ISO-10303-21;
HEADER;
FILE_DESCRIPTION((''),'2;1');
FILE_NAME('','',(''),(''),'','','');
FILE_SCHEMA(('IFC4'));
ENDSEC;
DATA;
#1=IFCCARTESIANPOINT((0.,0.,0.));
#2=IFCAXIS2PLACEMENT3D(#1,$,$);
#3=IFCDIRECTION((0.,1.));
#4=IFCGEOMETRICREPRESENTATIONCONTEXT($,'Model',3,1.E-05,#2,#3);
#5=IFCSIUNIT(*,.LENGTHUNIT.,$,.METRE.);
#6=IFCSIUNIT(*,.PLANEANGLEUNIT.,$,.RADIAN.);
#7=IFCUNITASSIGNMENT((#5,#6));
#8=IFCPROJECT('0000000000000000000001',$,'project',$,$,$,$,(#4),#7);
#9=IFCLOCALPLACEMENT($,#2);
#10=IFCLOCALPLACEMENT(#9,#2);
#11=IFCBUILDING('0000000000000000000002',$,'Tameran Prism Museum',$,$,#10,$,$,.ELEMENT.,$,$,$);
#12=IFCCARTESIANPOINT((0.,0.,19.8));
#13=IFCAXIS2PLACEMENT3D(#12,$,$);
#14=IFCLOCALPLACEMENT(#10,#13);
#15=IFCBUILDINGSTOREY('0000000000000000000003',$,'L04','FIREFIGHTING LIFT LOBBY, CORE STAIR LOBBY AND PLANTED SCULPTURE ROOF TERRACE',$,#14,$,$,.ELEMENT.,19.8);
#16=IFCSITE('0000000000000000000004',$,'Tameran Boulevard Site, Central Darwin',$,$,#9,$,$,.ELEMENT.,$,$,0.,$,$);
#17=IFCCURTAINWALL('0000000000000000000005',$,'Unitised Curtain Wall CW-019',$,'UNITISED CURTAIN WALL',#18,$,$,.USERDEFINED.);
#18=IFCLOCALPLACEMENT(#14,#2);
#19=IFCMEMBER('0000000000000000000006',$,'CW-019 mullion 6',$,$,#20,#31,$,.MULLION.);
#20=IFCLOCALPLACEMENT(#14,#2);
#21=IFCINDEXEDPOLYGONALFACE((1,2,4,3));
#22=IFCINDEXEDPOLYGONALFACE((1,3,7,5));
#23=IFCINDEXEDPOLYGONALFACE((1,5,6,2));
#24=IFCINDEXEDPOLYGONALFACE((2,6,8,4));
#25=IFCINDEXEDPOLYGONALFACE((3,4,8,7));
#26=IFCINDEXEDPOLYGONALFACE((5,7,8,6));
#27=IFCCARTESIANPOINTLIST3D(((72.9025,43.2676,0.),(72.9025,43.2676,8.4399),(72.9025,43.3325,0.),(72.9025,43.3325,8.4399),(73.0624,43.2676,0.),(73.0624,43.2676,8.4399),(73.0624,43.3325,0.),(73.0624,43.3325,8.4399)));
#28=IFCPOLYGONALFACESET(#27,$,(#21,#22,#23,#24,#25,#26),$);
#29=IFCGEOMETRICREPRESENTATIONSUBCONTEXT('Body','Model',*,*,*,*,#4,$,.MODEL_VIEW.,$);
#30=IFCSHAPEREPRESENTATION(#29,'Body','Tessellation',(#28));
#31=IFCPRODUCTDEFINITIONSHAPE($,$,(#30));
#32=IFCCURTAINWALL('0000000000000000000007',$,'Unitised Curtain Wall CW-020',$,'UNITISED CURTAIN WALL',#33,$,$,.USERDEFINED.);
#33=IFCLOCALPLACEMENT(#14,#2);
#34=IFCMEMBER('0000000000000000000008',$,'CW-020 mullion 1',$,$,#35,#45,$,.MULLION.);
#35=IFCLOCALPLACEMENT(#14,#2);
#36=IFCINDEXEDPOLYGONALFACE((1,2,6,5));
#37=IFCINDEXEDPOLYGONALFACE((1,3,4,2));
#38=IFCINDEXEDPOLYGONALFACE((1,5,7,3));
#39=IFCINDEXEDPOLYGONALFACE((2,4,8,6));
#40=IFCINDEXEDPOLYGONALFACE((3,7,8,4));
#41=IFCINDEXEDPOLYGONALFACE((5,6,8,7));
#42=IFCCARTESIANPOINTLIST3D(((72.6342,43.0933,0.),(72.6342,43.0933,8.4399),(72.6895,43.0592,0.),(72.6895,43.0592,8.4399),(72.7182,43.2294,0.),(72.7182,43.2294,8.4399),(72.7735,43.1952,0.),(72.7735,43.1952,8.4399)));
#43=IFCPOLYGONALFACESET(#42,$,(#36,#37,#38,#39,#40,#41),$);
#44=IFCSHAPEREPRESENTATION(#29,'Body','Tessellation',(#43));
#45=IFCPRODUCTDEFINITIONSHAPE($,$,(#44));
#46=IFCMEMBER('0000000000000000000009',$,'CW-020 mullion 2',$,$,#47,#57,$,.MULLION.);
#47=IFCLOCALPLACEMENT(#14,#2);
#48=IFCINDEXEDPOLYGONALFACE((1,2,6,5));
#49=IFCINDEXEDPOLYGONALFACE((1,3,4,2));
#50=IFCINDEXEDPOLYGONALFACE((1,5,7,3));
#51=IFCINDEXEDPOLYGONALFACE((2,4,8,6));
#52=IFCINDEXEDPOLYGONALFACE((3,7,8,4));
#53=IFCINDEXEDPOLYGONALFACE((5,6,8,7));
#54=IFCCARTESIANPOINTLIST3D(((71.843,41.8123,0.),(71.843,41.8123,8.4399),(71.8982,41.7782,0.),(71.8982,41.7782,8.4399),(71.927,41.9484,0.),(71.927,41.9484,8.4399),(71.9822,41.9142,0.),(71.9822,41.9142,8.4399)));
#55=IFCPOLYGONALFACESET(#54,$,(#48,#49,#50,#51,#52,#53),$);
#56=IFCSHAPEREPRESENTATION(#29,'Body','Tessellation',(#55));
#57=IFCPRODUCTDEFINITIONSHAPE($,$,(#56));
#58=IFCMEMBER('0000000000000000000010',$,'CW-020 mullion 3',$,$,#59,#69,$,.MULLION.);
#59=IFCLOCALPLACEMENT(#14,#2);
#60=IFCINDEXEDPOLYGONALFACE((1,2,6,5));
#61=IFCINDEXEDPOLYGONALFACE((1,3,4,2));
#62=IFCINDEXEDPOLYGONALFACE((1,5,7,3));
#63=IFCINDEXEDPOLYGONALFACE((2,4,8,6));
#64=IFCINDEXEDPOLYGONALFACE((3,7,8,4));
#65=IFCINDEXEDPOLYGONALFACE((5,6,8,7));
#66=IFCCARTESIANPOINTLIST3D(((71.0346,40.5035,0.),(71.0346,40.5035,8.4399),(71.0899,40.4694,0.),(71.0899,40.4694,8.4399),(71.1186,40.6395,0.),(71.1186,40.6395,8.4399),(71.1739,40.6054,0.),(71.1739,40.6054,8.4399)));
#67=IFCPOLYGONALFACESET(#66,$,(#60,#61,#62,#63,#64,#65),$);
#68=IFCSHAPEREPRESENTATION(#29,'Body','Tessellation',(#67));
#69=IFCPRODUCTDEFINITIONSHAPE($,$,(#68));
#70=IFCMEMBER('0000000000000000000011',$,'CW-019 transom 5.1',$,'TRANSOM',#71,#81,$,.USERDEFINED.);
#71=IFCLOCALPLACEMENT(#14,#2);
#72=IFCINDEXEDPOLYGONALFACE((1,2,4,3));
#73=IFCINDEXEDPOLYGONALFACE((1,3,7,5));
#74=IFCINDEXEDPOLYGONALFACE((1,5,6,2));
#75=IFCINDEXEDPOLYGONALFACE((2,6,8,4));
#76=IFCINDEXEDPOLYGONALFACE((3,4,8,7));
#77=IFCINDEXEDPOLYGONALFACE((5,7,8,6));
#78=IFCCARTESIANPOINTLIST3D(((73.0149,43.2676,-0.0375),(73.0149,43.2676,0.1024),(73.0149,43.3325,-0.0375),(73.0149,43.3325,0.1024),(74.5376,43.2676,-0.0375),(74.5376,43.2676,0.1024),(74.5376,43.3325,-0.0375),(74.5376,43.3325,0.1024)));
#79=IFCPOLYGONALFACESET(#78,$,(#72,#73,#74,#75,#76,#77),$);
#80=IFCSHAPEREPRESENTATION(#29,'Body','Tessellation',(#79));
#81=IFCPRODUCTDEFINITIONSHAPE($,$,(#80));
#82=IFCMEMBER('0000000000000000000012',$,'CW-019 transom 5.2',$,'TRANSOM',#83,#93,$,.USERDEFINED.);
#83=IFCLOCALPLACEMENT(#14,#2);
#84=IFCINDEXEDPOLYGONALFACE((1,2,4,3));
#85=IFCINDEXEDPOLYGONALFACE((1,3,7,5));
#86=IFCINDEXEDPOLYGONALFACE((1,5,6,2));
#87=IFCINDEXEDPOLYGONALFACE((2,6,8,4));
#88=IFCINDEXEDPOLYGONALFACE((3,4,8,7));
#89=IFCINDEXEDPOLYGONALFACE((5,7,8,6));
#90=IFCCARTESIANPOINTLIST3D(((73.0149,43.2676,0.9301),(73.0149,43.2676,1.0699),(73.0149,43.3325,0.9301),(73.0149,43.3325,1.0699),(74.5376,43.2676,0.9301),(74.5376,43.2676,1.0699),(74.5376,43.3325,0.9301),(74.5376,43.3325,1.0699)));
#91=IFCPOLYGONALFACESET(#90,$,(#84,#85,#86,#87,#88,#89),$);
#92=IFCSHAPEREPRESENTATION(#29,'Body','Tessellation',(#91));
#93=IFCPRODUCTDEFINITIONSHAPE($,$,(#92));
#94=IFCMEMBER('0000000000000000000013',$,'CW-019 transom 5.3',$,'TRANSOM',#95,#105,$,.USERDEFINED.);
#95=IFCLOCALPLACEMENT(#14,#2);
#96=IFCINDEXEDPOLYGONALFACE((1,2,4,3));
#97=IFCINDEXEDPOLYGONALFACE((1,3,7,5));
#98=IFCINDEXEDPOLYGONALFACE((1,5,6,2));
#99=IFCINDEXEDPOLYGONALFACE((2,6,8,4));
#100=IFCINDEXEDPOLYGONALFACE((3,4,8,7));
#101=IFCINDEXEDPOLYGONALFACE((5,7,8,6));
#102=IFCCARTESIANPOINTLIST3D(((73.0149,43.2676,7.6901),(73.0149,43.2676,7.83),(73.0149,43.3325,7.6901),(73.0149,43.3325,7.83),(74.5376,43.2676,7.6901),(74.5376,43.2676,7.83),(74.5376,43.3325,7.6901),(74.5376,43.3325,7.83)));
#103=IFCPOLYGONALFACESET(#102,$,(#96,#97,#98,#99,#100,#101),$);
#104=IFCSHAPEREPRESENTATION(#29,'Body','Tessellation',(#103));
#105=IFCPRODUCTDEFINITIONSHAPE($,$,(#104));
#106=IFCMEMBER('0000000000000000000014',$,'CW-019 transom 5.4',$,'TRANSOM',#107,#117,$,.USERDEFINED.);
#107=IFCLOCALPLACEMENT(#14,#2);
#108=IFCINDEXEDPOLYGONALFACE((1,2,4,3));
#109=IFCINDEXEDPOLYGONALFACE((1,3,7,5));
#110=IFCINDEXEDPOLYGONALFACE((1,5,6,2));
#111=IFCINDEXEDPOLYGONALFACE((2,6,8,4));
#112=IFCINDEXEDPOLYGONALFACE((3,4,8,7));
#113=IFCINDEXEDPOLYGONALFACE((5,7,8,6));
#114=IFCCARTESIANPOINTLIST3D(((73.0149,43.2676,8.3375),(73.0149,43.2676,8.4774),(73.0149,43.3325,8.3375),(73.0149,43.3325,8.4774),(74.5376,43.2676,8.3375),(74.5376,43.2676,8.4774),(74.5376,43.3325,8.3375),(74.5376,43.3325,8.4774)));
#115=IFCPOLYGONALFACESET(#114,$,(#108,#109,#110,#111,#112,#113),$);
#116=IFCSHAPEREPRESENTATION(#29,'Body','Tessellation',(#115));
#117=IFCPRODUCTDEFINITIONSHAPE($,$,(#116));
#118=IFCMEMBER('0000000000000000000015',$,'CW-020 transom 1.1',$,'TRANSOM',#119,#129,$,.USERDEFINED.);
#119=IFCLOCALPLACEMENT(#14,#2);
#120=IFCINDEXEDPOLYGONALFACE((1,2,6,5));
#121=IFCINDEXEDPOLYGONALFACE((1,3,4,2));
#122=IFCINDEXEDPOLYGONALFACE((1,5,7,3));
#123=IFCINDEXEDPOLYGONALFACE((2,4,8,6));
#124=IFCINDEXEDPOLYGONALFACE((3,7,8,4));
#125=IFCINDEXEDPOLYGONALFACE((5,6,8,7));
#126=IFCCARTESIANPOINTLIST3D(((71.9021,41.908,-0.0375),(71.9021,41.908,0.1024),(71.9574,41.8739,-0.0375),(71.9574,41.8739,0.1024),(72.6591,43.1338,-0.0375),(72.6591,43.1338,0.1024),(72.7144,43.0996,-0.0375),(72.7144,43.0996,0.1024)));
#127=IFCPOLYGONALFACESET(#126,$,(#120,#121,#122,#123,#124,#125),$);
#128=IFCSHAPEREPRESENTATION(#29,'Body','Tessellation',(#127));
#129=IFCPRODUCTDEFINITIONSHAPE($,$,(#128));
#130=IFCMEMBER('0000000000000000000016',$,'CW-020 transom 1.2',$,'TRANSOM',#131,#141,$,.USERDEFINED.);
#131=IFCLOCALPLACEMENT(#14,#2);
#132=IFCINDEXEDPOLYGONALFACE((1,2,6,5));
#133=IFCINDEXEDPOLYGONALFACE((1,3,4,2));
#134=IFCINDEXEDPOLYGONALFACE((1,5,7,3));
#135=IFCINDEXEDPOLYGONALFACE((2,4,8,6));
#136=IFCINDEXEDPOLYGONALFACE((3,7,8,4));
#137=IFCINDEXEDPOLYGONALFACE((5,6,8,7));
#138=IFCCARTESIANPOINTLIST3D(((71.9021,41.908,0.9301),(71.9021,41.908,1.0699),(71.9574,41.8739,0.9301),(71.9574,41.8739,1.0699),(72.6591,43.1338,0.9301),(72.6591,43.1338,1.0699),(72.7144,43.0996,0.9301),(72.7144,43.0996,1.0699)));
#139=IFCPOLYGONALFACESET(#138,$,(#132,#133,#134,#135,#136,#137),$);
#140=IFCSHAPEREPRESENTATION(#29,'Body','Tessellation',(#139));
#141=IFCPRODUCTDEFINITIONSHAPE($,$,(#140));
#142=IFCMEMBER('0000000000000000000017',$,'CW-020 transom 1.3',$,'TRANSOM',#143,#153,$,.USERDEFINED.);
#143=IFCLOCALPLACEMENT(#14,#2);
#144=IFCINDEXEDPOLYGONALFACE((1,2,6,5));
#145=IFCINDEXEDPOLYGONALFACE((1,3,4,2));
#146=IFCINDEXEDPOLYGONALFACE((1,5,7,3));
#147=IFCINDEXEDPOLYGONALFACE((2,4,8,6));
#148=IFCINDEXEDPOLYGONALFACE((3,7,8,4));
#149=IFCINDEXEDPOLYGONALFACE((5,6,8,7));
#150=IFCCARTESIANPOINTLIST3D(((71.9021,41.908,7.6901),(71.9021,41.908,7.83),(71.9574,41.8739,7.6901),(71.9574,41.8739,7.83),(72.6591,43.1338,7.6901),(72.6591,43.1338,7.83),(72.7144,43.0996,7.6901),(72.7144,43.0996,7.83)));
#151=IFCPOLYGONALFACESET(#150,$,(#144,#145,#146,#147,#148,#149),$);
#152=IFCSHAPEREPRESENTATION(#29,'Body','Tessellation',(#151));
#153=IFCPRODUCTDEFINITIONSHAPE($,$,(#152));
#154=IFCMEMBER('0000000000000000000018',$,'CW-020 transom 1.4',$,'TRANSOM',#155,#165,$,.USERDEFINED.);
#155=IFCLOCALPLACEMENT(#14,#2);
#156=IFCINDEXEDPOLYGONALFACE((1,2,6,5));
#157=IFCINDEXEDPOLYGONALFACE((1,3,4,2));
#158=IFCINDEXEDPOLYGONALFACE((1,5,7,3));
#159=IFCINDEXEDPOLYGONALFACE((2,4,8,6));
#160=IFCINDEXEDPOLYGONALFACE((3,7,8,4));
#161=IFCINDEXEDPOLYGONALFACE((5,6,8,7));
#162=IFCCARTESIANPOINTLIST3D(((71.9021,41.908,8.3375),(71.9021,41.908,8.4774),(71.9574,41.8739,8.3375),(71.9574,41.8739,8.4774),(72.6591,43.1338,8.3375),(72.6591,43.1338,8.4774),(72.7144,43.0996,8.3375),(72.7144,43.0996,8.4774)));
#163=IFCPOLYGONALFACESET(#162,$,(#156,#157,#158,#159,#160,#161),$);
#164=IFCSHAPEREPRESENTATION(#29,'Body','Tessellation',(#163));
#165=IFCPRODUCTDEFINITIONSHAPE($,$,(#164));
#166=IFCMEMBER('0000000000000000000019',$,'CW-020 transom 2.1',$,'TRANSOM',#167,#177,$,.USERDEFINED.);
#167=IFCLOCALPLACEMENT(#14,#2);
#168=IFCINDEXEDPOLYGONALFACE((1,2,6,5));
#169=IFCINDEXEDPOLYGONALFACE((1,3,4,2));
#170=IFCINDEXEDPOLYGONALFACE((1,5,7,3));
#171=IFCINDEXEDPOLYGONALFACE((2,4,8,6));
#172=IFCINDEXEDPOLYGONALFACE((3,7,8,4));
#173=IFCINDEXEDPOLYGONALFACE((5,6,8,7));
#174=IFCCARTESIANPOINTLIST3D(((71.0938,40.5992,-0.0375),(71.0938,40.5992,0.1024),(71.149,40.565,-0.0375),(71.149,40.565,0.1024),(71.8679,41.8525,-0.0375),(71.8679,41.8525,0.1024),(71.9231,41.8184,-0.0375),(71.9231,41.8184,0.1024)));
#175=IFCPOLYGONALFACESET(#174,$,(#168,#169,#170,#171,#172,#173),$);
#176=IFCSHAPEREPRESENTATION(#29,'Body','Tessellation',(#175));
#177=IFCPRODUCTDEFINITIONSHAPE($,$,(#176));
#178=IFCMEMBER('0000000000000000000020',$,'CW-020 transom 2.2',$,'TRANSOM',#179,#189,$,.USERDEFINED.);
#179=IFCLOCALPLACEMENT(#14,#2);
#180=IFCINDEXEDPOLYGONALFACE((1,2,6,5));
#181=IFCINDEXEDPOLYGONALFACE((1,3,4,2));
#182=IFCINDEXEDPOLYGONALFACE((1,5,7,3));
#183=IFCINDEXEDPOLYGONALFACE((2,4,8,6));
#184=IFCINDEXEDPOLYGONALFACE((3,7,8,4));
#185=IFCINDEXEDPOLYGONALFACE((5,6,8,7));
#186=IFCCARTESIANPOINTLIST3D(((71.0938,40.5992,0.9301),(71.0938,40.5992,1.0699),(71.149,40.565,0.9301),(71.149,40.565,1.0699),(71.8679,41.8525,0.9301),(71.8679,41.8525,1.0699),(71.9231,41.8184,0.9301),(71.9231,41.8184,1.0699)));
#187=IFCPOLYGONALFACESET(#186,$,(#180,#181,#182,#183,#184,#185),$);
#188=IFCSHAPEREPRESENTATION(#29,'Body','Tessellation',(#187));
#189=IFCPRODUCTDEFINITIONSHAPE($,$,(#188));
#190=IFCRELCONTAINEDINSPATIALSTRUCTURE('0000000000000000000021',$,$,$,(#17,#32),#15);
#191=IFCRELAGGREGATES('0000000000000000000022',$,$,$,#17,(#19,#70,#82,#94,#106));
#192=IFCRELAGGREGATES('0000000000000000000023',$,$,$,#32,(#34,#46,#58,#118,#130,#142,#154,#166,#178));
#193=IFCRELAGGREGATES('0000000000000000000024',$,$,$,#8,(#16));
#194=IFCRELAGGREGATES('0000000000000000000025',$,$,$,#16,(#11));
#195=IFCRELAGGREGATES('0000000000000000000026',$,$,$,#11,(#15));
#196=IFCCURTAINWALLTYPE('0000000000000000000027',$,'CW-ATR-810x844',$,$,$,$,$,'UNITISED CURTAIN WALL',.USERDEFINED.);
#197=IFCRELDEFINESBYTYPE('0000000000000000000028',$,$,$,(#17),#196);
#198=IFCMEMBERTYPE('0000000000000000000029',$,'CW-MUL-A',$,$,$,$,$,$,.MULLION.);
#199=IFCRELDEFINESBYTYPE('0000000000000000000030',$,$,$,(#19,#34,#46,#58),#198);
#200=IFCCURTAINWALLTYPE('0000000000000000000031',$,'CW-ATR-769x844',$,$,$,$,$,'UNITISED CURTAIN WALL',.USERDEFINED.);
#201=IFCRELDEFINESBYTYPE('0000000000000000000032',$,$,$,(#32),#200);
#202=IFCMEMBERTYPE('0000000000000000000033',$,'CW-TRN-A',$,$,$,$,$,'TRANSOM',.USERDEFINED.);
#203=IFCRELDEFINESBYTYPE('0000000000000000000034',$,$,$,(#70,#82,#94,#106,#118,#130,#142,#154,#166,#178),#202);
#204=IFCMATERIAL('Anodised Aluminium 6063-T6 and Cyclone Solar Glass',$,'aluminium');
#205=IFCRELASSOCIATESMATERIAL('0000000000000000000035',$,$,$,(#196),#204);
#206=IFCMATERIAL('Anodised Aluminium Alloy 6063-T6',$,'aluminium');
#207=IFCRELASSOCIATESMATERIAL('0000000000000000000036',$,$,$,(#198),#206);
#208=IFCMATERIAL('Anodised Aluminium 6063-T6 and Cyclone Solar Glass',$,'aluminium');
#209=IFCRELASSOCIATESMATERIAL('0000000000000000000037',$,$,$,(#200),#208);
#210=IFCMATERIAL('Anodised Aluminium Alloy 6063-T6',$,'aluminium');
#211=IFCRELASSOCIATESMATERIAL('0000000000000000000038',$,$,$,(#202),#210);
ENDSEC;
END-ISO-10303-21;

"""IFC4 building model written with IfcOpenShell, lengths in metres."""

from ifc_helpers import new_model, si_unit, direction, frame, origin, origin_2d, place, context, subcontext, project, spatial, rectangle, extrude, material, material_profile, profile_set, type_object, element, aggregate, save


model = new_model("IFC4")

# Units and contexts
model_context = context("Model", 3, precision=1e-05, world=origin(), true_north=direction((0.0, 1.0)))
body_context = subcontext(model_context, "Body", "Model", "MODEL_VIEW")
ifc_project = project(units=[si_unit("LENGTHUNIT", "METRE"), si_unit("PLANEANGLEUNIT", "RADIAN")], contexts=[model_context])

# Site, building, storey
site_placement = place(None, origin())
site = spatial("IfcSite", under=ifc_project, at=site_placement, Name="Tameran Boulevard Site, Central Darwin", CompositionType="ELEMENT", RefElevation=0.0)
building_placement = place(site_placement, origin())
building = spatial("IfcBuilding", under=site, at=building_placement, Name="Tameran Prism Museum", CompositionType="ELEMENT")
storey_placement = place(building_placement, frame((0.0, 0.0, 19.8)))
storey = spatial("IfcBuildingStorey", under=building, at=storey_placement, Name="L04", Description="FIREFIGHTING LIFT LOBBY, CORE STAIR LOBBY AND PLANTED SCULPTURE ROOF TERRACE", CompositionType="ELEMENT", Elevation=19.8)

# Curtain wall, member
ifc_material_1 = material(Name="Anodised Aluminium 6063-T6 and Cyclone Solar Glass", Category="aluminium")
curtain_wall_type_1 = type_object("IfcCurtainWallType", Name="CW-ATR-810x844", ElementType="UNITISED CURTAIN WALL", PredefinedType="USERDEFINED", material=ifc_material_1)
curtain_wall_1_placement = place(storey_placement, origin())
curtain_wall_1 = element("IfcCurtainWall", 1, at=curtain_wall_1_placement, inside=storey, type_object=curtain_wall_type_1, Name="Unitised Curtain Wall CW-019", ObjectType="UNITISED CURTAIN WALL", PredefinedType="USERDEFINED")
ifc_material_2 = material(Name="Anodised Aluminium Alloy 6063-T6", Category="aluminium")
ifc_material_profile_1 = material_profile(ifc_material_2, rectangle(XDim=0.0649, YDim=0.1599, at=origin_2d()))
ifc_profile_set_1 = profile_set([ifc_material_profile_1])
member_type_1 = type_object("IfcMemberType", Name="CW-MUL-A", PredefinedType="MULLION", material=ifc_profile_set_1)
member_1_placement = place(storey_placement, frame((72.9824, 43.3, 0.0), z_axis=(0.0, 0.0, 1.0), x_axis=(0.0, -1.0, 0.0)))
member_1 = element("IfcMember", 2, at=member_1_placement, type_object=member_type_1, Name="CW-019 mullion 6", PredefinedType="MULLION", context=body_context, shape_type="SweptSolid", body=[
    extrude(rectangle(XDim=0.0649, YDim=0.1599, at=origin_2d()), origin(), (0.0, 0.0, 1.0), 8.4399),
])

# Curtain wall, members
ifc_material_3 = material(Name="Anodised Aluminium 6063-T6 and Cyclone Solar Glass", Category="aluminium")
curtain_wall_type_2 = type_object("IfcCurtainWallType", Name="CW-ATR-769x844", ElementType="UNITISED CURTAIN WALL", PredefinedType="USERDEFINED", material=ifc_material_3)
curtain_wall_2_placement = place(storey_placement, origin())
curtain_wall_2 = element("IfcCurtainWall", 3, at=curtain_wall_2_placement, inside=storey, type_object=curtain_wall_type_2, Name="Unitised Curtain Wall CW-020", ObjectType="UNITISED CURTAIN WALL", PredefinedType="USERDEFINED")
member_2_placement = place(storey_placement, frame((72.7039, 43.1443, 0.0), z_axis=(0.0, 0.0, 1.0), x_axis=(0.850791, -0.525504, 0.0)))
member_2 = element("IfcMember", 4, at=member_2_placement, type_object=member_type_1, Name="CW-020 mullion 1", PredefinedType="MULLION", context=body_context, shape_type="SweptSolid", body=[
    extrude(rectangle(XDim=0.0649, YDim=0.1599, at=origin_2d()), origin(), (0.0, 0.0, 1.0), 8.4399),
])
member_3_placement = place(storey_placement, frame((71.9126, 41.8633, 0.0), z_axis=(0.0, 0.0, 1.0), x_axis=(0.850791, -0.525504, 0.0)))
member_3 = element("IfcMember", 5, at=member_3_placement, type_object=member_type_1, Name="CW-020 mullion 2", PredefinedType="MULLION", context=body_context, shape_type="SweptSolid", body=[
    extrude(rectangle(XDim=0.0649, YDim=0.1599, at=origin_2d()), origin(), (0.0, 0.0, 1.0), 8.4399),
])
member_4_placement = place(storey_placement, frame((71.1042, 40.5544, 0.0), z_axis=(0.0, 0.0, 1.0), x_axis=(0.850791, -0.525504, 0.0)))
member_4 = element("IfcMember", 6, at=member_4_placement, type_object=member_type_1, Name="CW-020 mullion 3", PredefinedType="MULLION", context=body_context, shape_type="SweptSolid", body=[
    extrude(rectangle(XDim=0.0649, YDim=0.1599, at=origin_2d()), origin(), (0.0, 0.0, 1.0), 8.4399),
])

# Members
ifc_material_4 = material(Name="Anodised Aluminium Alloy 6063-T6", Category="aluminium")
ifc_material_profile_2 = material_profile(ifc_material_4, rectangle(XDim=0.0649, YDim=0.1399, at=origin_2d()))
ifc_profile_set_2 = profile_set([ifc_material_profile_2])
member_type_2 = type_object("IfcMemberType", Name="CW-TRN-A", ElementType="TRANSOM", PredefinedType="USERDEFINED", material=ifc_profile_set_2)
member_5_placement = place(storey_placement, frame((74.5376, 43.3, 0.0325), z_axis=(-1.0, 0.0, 0.0), x_axis=(0.0, -1.0, 0.0)))
member_5 = element("IfcMember", 7, at=member_5_placement, type_object=member_type_2, Name="CW-019 transom 5.1", ObjectType="TRANSOM", PredefinedType="USERDEFINED", context=body_context, shape_type="SweptSolid", body=[
    extrude(rectangle(XDim=0.0649, YDim=0.1399, at=origin_2d()), origin(), (0.0, 0.0, 1.0), 1.5227),
])
member_6_placement = place(storey_placement, frame((74.5376, 43.3, 1.0), z_axis=(-1.0, 0.0, 0.0), x_axis=(0.0, -1.0, 0.0)))
member_6 = element("IfcMember", 8, at=member_6_placement, type_object=member_type_2, Name="CW-019 transom 5.2", ObjectType="TRANSOM", PredefinedType="USERDEFINED", context=body_context, shape_type="SweptSolid", body=[
    extrude(rectangle(XDim=0.0649, YDim=0.1399, at=origin_2d()), origin(), (0.0, 0.0, 1.0), 1.5227),
])
member_7_placement = place(storey_placement, frame((74.5376, 43.3, 7.76), z_axis=(-1.0, 0.0, 0.0), x_axis=(0.0, -1.0, 0.0)))
member_7 = element("IfcMember", 9, at=member_7_placement, type_object=member_type_2, Name="CW-019 transom 5.3", ObjectType="TRANSOM", PredefinedType="USERDEFINED", context=body_context, shape_type="SweptSolid", body=[
    extrude(rectangle(XDim=0.0649, YDim=0.1399, at=origin_2d()), origin(), (0.0, 0.0, 1.0), 1.5227),
])
member_8_placement = place(storey_placement, frame((74.5376, 43.3, 8.4075), z_axis=(-1.0, 0.0, 0.0), x_axis=(0.0, -1.0, 0.0)))
member_8 = element("IfcMember", 10, at=member_8_placement, type_object=member_type_2, Name="CW-019 transom 5.4", ObjectType="TRANSOM", PredefinedType="USERDEFINED", context=body_context, shape_type="SweptSolid", body=[
    extrude(rectangle(XDim=0.0649, YDim=0.1399, at=origin_2d()), origin(), (0.0, 0.0, 1.0), 1.5227),
])
member_9_placement = place(storey_placement, frame((72.6868, 43.1167, 0.0325), z_axis=(-0.525468, -0.850814, 0.0), x_axis=(0.850814, -0.525468, 0.0)))
member_9 = element("IfcMember", 11, at=member_9_placement, type_object=member_type_2, Name="CW-020 transom 1.1", ObjectType="TRANSOM", PredefinedType="USERDEFINED", context=body_context, shape_type="SweptSolid", body=[
    extrude(rectangle(XDim=0.0649, YDim=0.1399, at=origin_2d()), origin(), (0.0, 0.0, 1.0), 1.4407),
])
member_10_placement = place(storey_placement, frame((72.6868, 43.1167, 1.0), z_axis=(-0.525468, -0.850814, 0.0), x_axis=(0.850814, -0.525468, 0.0)))
member_10 = element("IfcMember", 12, at=member_10_placement, type_object=member_type_2, Name="CW-020 transom 1.2", ObjectType="TRANSOM", PredefinedType="USERDEFINED", context=body_context, shape_type="SweptSolid", body=[
    extrude(rectangle(XDim=0.0649, YDim=0.1399, at=origin_2d()), origin(), (0.0, 0.0, 1.0), 1.4407),
])
member_11_placement = place(storey_placement, frame((72.6868, 43.1167, 7.76), z_axis=(-0.525468, -0.850814, 0.0), x_axis=(0.850814, -0.525468, 0.0)))
member_11 = element("IfcMember", 13, at=member_11_placement, type_object=member_type_2, Name="CW-020 transom 1.3", ObjectType="TRANSOM", PredefinedType="USERDEFINED", context=body_context, shape_type="SweptSolid", body=[
    extrude(rectangle(XDim=0.0649, YDim=0.1399, at=origin_2d()), origin(), (0.0, 0.0, 1.0), 1.4407),
])
member_12_placement = place(storey_placement, frame((72.6868, 43.1167, 8.4075), z_axis=(-0.525468, -0.850814, 0.0), x_axis=(0.850814, -0.525468, 0.0)))
member_12 = element("IfcMember", 14, at=member_12_placement, type_object=member_type_2, Name="CW-020 transom 1.4", ObjectType="TRANSOM", PredefinedType="USERDEFINED", context=body_context, shape_type="SweptSolid", body=[
    extrude(rectangle(XDim=0.0649, YDim=0.1399, at=origin_2d()), origin(), (0.0, 0.0, 1.0), 1.4407),
])
member_13_placement = place(storey_placement, frame((71.8955, 41.8354, 0.0325), z_axis=(-0.525493, -0.850798, 0.0), x_axis=(0.850798, -0.525493, 0.0)))
member_13 = element("IfcMember", 15, at=member_13_placement, type_object=member_type_2, Name="CW-020 transom 2.1", ObjectType="TRANSOM", PredefinedType="USERDEFINED", context=body_context, shape_type="SweptSolid", body=[
    extrude(rectangle(XDim=0.0649, YDim=0.1399, at=origin_2d()), origin(), (0.0, 0.0, 1.0), 1.4731),
])
member_14_placement = place(storey_placement, frame((71.8955, 41.8354, 1.0), z_axis=(-0.525493, -0.850798, 0.0), x_axis=(0.850798, -0.525493, 0.0)))
member_14 = element("IfcMember", 16, at=member_14_placement, type_object=member_type_2, Name="CW-020 transom 2.2", ObjectType="TRANSOM", PredefinedType="USERDEFINED", context=body_context, shape_type="SweptSolid", body=[
    extrude(rectangle(XDim=0.0649, YDim=0.1399, at=origin_2d()), origin(), (0.0, 0.0, 1.0), 1.4731),
])

aggregate(curtain_wall_1, [member_1, member_5, member_6, member_7, member_8])
aggregate(curtain_wall_2, [member_2, member_3, member_4, member_9, member_10, member_11, member_12, member_13, member_14])

save(model, "model.ifc")
